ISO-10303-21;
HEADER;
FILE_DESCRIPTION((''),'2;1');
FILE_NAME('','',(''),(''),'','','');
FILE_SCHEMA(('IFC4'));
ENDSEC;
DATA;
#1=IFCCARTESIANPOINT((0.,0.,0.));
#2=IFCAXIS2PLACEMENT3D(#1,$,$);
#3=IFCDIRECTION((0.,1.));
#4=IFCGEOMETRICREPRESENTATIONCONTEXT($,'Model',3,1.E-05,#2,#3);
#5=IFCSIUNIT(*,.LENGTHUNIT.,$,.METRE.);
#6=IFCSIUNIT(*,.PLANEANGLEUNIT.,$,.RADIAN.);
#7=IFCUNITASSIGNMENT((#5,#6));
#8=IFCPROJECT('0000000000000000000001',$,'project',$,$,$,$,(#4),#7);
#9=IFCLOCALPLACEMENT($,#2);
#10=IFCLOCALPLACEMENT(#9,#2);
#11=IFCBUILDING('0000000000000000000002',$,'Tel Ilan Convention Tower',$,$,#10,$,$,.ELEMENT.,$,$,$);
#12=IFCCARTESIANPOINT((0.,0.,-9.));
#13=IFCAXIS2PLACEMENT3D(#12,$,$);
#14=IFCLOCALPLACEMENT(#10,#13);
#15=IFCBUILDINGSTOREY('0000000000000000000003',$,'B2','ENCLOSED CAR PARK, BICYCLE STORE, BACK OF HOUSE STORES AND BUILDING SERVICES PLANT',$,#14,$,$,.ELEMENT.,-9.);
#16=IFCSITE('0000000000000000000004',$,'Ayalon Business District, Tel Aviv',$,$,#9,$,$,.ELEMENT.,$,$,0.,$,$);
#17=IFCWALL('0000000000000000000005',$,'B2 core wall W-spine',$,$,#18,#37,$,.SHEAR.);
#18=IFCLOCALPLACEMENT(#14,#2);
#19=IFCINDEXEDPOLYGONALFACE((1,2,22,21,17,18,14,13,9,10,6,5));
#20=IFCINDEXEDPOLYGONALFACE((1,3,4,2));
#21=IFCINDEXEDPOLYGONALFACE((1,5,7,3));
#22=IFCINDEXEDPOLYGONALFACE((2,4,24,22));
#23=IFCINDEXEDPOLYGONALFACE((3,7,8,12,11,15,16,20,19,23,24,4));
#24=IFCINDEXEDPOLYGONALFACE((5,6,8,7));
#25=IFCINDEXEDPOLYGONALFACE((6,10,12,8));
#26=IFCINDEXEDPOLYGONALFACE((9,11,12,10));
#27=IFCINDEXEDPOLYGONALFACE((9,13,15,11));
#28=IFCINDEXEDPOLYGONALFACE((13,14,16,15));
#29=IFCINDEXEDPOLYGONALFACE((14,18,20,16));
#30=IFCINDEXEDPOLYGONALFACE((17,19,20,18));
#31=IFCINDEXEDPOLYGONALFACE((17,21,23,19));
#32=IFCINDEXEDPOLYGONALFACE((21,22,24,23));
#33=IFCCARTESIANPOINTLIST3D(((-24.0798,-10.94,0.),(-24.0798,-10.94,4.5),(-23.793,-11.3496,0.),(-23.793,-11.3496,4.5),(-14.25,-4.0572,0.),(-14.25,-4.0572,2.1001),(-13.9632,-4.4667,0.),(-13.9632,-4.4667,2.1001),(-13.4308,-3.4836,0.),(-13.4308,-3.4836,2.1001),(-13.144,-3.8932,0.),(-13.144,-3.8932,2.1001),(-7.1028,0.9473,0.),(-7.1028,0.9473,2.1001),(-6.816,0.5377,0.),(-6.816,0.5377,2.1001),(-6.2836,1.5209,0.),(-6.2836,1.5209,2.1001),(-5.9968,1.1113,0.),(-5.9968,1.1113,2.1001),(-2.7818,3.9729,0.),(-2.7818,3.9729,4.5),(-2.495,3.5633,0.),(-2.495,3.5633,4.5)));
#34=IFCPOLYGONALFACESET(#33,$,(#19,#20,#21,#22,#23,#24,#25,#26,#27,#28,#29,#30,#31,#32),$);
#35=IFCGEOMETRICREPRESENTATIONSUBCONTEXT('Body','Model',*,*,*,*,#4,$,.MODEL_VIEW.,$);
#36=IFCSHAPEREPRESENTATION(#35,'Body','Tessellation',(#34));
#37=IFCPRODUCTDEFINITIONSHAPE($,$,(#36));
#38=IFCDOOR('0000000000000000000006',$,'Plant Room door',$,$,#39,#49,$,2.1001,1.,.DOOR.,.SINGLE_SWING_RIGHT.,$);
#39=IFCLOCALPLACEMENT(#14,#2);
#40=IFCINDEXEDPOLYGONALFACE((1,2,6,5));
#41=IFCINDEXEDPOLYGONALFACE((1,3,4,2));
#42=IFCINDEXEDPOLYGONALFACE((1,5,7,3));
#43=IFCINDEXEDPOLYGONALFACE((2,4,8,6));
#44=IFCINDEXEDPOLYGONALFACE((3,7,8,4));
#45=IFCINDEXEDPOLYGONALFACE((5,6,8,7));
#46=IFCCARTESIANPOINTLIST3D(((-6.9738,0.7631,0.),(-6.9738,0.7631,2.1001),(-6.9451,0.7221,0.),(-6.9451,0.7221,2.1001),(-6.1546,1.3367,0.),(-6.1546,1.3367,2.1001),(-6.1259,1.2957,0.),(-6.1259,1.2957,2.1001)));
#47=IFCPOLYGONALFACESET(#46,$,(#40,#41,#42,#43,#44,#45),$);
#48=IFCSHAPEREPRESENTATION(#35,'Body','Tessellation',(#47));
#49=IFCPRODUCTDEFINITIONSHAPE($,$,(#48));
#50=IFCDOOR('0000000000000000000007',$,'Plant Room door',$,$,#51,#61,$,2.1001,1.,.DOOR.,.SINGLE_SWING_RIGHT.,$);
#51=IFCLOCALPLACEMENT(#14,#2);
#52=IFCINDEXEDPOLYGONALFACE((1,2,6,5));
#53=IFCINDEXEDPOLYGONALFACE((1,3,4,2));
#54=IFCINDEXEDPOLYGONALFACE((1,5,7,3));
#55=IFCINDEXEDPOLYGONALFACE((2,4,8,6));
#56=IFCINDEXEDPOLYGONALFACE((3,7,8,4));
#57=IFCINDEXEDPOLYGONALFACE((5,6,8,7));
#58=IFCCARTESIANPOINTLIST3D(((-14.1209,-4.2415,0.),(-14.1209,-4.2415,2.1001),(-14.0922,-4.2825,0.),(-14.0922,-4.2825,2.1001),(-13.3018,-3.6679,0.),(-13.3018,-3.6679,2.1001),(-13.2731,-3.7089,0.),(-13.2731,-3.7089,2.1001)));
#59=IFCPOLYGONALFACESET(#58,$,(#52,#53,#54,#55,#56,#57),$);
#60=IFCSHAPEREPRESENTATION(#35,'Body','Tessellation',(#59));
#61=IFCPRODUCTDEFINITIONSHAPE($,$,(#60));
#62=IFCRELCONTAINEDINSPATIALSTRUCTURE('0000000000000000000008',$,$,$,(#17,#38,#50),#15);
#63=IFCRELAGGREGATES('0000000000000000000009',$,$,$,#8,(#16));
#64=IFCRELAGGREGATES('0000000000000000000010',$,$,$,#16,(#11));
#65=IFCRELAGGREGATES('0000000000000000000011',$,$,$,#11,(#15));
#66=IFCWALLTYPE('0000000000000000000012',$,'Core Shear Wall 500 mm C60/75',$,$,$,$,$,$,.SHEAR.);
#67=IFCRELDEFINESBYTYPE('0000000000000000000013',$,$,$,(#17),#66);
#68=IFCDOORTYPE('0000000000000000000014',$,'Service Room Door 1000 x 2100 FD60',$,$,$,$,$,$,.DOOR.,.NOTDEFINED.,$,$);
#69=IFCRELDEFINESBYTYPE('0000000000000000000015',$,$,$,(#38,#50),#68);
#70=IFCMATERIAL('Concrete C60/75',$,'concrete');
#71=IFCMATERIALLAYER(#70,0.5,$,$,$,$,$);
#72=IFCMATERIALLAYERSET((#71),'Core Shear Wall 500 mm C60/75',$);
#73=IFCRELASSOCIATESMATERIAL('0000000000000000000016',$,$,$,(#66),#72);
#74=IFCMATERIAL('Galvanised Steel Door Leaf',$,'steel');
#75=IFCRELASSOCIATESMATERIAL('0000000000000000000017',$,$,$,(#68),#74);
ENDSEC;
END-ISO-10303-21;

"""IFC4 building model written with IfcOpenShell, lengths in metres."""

from ifc_helpers import new_model, si_unit, direction, frame, frame_2d, origin, place, context, subcontext, project, spatial, polyline, rectangle, outline, extrude, material, layer, layer_set, type_object, element, fill, save


model = new_model("IFC4")

# Units and contexts
model_context = context("Model", 3, precision=1e-05, world=origin(), true_north=direction((0.0, 1.0)))
body_context = subcontext(model_context, "Body", "Model", "MODEL_VIEW")
ifc_project = project(units=[si_unit("LENGTHUNIT", "METRE"), si_unit("PLANEANGLEUNIT", "RADIAN")], contexts=[model_context])

# Site, building, storey
site_placement = place(None, origin())
site = spatial("IfcSite", under=ifc_project, at=site_placement, Name="Ayalon Business District, Tel Aviv", CompositionType="ELEMENT", RefElevation=0.0)
building_placement = place(site_placement, origin())
building = spatial("IfcBuilding", under=site, at=building_placement, Name="Tel Ilan Convention Tower", CompositionType="ELEMENT")
storey_placement = place(building_placement, frame((0.0, 0.0, -9.0)))
storey = spatial("IfcBuildingStorey", under=building, at=storey_placement, Name="B2", Description="ENCLOSED CAR PARK, BICYCLE STORE, BACK OF HOUSE STORES AND BUILDING SERVICES PLANT", CompositionType="ELEMENT", Elevation=-9.0)

# Wall, openings, doors
ifc_material_1 = material(Name="Concrete C60/75", Category="concrete")
ifc_layer_1 = layer(ifc_material_1, 0.5)
ifc_layer_set_1 = layer_set([ifc_layer_1], Name="Core Shear Wall 500 mm C60/75")
wall_type_1 = type_object("IfcWallType", Name="Core Shear Wall 500 mm C60/75", PredefinedType="SHEAR", material=ifc_layer_set_1)
wall_1_placement = place(storey_placement, frame((-2.6384, 3.7681, 0.0), z_axis=(0.0, 0.0, 1.0), x_axis=(-0.819149, -0.573581, 0.0)))
wall_1 = element("IfcWall", 1, at=wall_1_placement, inside=storey, type_object=wall_type_1, Name="B2 core wall W-spine", PredefinedType="SHEAR", context=body_context, shape_type="SweptSolid", body=[
    extrude(outline(polyline([(26.0, 0.2498), (0.0, 0.25), (0.0, -0.25), (26.0, -0.2502), (26.0, 0.2498)])), origin(), (0.0, 0.0, 1.0), 4.5),
])
opening_1_placement = place(wall_1_placement, frame((4.2749, 0.0, 0.0)))
opening_1 = element("IfcOpeningElement", 2, at=opening_1_placement, cuts=wall_1, PredefinedType="OPENING", context=body_context, shape_type="SweptSolid", body=[
    extrude(rectangle(XDim=1.0, YDim=2.1001, at=frame_2d((0.5, 1.05))), frame((0.0, 0.26, 0.0), z_axis=(0.0, -1.0, 0.0), x_axis=(1.0, 0.0, 0.0)), (0.0, 0.0, 1.0), 0.52),
])
opening_2_placement = place(wall_1_placement, frame((13.0, 0.0, 0.0)))
opening_2 = element("IfcOpeningElement", 3, at=opening_2_placement, cuts=wall_1, PredefinedType="OPENING", context=body_context, shape_type="SweptSolid", body=[
    extrude(rectangle(XDim=1.0, YDim=2.1001, at=frame_2d((0.5, 1.05))), frame((0.0, 0.26, 0.0), z_axis=(0.0, -1.0, 0.0), x_axis=(1.0, 0.0, 0.0)), (0.0, 0.0, 1.0), 0.52),
])
ifc_material_2 = material(Name="Galvanised Steel Door Leaf", Category="steel")
door_type_1 = type_object("IfcDoorType", Name="Service Room Door 1000 x 2100 FD60", OperationType="NOTDEFINED", PredefinedType="DOOR", material=ifc_material_2)
door_1_placement = place(opening_1_placement, origin())
door_1 = element("IfcDoor", 4, at=door_1_placement, inside=storey, type_object=door_type_1, Name="Plant Room door", OperationType="SINGLE_SWING_RIGHT", OverallHeight=2.1001, OverallWidth=1.0, PredefinedType="DOOR", context=body_context, shape_type="SweptSolid", body=[
    extrude(rectangle(XDim=1.0, YDim=2.1001, at=frame_2d((0.5, 1.05))), frame((0.0, 0.0249, 0.0), z_axis=(0.0, -1.0, 0.0), x_axis=(1.0, 0.0, 0.0)), (0.0, 0.0, 1.0), 0.05),
])
fill(opening_1, door_1)
door_2_placement = place(opening_2_placement, origin())
door_2 = element("IfcDoor", 5, at=door_2_placement, inside=storey, type_object=door_type_1, Name="Plant Room door", OperationType="SINGLE_SWING_RIGHT", OverallHeight=2.1001, OverallWidth=1.0, PredefinedType="DOOR", context=body_context, shape_type="SweptSolid", body=[
    extrude(rectangle(XDim=1.0, YDim=2.1001, at=frame_2d((0.5, 1.05))), frame((0.0, 0.0249, 0.0), z_axis=(0.0, -1.0, 0.0), x_axis=(1.0, 0.0, 0.0)), (0.0, 0.0, 1.0), 0.05),
])
fill(opening_2, door_2)

save(model, "model.ifc")
